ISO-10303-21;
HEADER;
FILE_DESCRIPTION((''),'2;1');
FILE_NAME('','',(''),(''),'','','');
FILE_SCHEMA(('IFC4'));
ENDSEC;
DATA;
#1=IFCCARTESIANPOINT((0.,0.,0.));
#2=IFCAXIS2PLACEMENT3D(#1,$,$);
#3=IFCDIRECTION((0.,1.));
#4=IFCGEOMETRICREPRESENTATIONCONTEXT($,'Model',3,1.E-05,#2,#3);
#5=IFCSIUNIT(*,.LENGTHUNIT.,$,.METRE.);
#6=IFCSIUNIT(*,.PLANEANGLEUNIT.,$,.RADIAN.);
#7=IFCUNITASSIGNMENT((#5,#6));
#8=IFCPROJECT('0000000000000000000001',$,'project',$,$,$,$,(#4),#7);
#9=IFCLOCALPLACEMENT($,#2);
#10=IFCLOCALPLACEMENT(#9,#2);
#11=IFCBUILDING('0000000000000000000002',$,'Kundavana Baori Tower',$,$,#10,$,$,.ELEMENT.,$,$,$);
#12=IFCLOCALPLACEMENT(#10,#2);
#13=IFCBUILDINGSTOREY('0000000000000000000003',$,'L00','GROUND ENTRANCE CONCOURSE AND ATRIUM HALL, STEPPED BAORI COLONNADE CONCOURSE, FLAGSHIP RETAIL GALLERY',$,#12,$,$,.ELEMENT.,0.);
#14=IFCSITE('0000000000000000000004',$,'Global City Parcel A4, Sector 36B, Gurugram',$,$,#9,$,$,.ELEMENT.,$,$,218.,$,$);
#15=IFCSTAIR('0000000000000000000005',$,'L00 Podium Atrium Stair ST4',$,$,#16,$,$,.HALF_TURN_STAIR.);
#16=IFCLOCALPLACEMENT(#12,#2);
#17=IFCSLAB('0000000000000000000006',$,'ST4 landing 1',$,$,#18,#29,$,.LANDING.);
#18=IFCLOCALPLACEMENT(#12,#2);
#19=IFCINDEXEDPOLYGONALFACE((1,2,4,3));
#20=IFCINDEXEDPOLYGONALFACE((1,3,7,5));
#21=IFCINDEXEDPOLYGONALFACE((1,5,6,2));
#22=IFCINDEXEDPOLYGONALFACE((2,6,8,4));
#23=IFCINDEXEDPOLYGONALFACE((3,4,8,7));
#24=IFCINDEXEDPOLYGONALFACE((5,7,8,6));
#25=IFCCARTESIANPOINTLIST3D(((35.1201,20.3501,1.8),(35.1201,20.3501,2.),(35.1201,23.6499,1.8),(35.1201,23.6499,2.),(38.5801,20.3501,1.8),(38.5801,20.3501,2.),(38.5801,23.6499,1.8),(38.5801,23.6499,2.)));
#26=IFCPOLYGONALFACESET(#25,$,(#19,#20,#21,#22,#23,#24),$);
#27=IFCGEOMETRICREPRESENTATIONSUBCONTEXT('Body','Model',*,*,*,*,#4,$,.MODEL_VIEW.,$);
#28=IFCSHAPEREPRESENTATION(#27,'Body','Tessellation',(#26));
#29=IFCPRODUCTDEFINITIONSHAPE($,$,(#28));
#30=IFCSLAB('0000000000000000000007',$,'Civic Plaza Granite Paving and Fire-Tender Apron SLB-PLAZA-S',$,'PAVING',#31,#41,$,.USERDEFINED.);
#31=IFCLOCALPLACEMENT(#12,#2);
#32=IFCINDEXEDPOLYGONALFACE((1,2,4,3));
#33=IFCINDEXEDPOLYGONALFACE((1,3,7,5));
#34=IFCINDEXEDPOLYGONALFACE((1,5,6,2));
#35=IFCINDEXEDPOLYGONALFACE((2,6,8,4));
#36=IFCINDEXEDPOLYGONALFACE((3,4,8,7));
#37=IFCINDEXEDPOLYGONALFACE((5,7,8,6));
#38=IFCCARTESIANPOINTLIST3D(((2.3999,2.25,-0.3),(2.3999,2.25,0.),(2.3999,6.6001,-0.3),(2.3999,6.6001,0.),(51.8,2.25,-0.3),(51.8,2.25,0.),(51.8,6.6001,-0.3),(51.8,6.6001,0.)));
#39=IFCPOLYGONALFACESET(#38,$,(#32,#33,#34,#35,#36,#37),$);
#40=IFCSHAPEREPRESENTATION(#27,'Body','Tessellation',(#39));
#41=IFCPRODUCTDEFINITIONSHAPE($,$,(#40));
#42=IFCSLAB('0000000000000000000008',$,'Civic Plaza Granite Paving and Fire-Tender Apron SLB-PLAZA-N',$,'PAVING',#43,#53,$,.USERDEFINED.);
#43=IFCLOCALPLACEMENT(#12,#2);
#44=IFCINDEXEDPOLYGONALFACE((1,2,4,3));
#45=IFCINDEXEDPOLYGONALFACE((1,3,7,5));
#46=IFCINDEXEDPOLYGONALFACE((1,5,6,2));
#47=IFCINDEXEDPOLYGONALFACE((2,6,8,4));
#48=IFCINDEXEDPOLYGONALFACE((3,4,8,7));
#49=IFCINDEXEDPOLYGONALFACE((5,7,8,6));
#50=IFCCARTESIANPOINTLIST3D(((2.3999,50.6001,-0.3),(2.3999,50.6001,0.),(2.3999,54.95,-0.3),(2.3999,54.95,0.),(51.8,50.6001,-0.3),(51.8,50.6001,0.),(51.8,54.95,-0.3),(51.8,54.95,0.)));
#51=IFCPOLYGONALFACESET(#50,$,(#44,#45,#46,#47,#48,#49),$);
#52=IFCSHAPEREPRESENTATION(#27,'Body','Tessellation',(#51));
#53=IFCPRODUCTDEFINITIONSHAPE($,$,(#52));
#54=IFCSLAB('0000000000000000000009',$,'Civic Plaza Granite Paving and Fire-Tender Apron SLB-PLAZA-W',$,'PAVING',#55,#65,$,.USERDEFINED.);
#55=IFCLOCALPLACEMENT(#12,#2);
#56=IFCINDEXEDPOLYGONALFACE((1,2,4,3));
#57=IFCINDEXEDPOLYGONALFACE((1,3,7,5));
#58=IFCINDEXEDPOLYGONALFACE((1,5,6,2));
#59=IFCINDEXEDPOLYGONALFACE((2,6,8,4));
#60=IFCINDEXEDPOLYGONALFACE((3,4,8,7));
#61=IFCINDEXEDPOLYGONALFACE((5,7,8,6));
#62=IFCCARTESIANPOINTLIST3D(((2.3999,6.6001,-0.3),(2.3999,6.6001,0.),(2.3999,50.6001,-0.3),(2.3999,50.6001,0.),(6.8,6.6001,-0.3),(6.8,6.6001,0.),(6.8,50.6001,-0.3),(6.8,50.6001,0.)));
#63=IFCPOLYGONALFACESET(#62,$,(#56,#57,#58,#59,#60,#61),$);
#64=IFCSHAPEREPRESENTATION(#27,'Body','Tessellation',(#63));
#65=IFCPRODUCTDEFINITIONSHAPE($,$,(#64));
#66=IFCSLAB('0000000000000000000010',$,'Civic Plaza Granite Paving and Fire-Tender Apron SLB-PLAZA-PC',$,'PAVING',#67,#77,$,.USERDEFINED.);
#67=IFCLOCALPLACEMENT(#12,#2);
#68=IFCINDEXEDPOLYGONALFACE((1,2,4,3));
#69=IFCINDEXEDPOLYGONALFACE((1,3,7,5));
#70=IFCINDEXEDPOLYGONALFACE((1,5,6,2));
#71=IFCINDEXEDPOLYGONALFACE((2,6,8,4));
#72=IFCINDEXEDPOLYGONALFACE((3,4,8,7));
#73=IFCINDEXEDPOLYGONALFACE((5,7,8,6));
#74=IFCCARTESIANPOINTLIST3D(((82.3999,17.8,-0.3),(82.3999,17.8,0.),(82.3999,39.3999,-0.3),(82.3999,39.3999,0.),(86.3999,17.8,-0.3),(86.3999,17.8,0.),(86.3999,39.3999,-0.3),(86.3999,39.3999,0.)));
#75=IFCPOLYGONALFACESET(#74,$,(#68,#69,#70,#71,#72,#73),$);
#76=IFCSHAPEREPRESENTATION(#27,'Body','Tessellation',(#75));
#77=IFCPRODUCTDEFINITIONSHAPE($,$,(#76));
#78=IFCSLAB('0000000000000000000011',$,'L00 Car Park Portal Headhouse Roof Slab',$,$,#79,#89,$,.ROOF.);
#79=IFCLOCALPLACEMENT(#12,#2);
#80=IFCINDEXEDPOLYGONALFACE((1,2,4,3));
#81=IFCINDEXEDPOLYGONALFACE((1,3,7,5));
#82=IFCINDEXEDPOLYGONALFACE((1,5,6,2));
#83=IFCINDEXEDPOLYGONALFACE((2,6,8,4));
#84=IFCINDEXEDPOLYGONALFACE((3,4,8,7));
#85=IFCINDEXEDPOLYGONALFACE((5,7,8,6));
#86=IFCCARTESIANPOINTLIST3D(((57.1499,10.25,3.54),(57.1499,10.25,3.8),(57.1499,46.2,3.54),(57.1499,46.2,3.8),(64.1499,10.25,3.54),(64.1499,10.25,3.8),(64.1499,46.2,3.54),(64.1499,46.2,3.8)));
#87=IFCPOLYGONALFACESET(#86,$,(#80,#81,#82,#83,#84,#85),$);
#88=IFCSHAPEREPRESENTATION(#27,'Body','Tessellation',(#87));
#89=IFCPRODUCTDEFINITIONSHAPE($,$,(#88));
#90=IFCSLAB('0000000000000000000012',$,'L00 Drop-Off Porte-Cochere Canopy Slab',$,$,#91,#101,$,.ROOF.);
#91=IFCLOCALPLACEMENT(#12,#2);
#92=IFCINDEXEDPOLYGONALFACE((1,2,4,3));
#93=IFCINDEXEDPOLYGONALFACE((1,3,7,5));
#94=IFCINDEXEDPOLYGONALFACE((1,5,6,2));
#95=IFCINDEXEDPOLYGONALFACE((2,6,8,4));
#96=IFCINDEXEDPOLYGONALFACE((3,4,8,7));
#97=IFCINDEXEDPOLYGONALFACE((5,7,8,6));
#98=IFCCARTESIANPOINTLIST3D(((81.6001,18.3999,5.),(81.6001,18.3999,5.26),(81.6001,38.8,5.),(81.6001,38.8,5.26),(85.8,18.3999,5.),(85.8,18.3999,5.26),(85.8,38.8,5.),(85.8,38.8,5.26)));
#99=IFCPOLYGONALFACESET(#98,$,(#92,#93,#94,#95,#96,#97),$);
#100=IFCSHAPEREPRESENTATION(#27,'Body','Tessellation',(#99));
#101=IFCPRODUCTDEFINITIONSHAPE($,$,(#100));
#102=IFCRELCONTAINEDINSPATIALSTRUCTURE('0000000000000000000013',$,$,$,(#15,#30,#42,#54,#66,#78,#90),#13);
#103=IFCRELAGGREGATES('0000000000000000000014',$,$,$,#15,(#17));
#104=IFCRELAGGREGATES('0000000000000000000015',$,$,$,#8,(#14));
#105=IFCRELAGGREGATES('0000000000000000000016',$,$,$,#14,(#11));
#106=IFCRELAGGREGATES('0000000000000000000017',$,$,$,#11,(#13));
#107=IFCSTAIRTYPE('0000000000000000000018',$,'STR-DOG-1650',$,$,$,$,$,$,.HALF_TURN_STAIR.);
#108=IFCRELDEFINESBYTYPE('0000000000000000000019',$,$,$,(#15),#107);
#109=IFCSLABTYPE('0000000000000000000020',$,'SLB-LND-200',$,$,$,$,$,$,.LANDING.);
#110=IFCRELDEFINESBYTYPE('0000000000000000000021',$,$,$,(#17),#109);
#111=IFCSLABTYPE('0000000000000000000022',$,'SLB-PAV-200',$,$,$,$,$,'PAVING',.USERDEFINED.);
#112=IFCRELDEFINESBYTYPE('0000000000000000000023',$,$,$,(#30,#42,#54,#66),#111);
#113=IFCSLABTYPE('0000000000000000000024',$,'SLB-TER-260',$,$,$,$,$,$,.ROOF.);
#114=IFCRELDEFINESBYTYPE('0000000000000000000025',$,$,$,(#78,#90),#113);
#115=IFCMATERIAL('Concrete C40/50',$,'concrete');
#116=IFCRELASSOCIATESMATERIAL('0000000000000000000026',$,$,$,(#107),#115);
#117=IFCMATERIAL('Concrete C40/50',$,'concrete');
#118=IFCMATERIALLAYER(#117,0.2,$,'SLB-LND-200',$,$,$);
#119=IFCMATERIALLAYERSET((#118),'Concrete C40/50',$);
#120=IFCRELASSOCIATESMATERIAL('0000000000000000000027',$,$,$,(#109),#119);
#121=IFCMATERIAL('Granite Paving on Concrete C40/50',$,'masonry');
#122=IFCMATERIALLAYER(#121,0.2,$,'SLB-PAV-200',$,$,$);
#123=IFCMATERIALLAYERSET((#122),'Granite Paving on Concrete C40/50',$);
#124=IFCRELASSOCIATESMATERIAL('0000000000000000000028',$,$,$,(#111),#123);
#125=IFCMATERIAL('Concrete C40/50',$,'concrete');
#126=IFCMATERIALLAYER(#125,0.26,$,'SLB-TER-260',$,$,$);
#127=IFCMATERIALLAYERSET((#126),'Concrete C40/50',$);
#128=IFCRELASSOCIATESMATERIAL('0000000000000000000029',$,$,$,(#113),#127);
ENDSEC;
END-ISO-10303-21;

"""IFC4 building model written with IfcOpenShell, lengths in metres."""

from ifc_helpers import new_model, si_unit, direction, frame, origin, place, context, subcontext, project, spatial, polyline, outline, extrude, material, layer, layer_set, type_object, element, aggregate, save


model = new_model("IFC4")

# Units and contexts
model_context = context("Model", 3, precision=1e-05, world=origin(), true_north=direction((0.0, 1.0)))
body_context = subcontext(model_context, "Body", "Model", "MODEL_VIEW")
ifc_project = project(units=[si_unit("LENGTHUNIT", "METRE"), si_unit("PLANEANGLEUNIT", "RADIAN")], contexts=[model_context])

# Site, building, storey
site_placement = place(None, origin())
site = spatial("IfcSite", under=ifc_project, at=site_placement, Name="Global City Parcel A4, Sector 36B, Gurugram", CompositionType="ELEMENT", RefElevation=218.0)
building_placement = place(site_placement, origin())
building = spatial("IfcBuilding", under=site, at=building_placement, Name="Kundavana Baori Tower", CompositionType="ELEMENT")
storey_placement = place(building_placement, origin())
storey = spatial("IfcBuildingStorey", under=building, at=storey_placement, Name="L00", Description="GROUND ENTRANCE CONCOURSE AND ATRIUM HALL, STEPPED BAORI COLONNADE CONCOURSE, FLAGSHIP RETAIL GALLERY", CompositionType="ELEMENT", Elevation=0.0)

# Shared definitions
ifc_material_1 = material(Name="Concrete C40/50", Category="concrete")
stair_type = type_object("IfcStairType", Name="STR-DOG-1650", PredefinedType="HALF_TURN_STAIR", material=ifc_material_1)
ifc_material_2 = material(Name="Concrete C40/50", Category="concrete")
ifc_layer_1 = layer(ifc_material_2, 0.2, Name="SLB-LND-200")
ifc_layer_set_1 = layer_set([ifc_layer_1], Name="Concrete C40/50")
slab_type_1 = type_object("IfcSlabType", Name="SLB-LND-200", PredefinedType="LANDING", material=ifc_layer_set_1)

# Stair, slab
stair_1_placement = place(storey_placement, origin())
stair_1 = element("IfcStair", 1, at=stair_1_placement, inside=storey, type_object=stair_type, Name="L00 Podium Atrium Stair ST4", PredefinedType="HALF_TURN_STAIR")
slab_1_placement = place(storey_placement, frame((0.0, 0.0, 1.8)))
slab_1 = element("IfcSlab", 2, at=slab_1_placement, type_object=slab_type_1, Name="ST4 landing 1", PredefinedType="LANDING", context=body_context, shape_type="SweptSolid", body=[
    extrude(outline(polyline([(38.5801, 20.3501), (38.5801, 23.6499), (35.1201, 23.6499), (35.1201, 20.3501), (38.5801, 20.3501)])), origin(), (0.0, 0.0, 1.0), 0.2),
])
aggregate(stair_1, [slab_1])

# Slabs
ifc_material_3 = material(Name="Granite Paving on Concrete C40/50", Category="masonry")
ifc_layer_2 = layer(ifc_material_3, 0.2, Name="SLB-PAV-200")
ifc_layer_set_2 = layer_set([ifc_layer_2], Name="Granite Paving on Concrete C40/50")
slab_type_2 = type_object("IfcSlabType", Name="SLB-PAV-200", ElementType="PAVING", PredefinedType="USERDEFINED", material=ifc_layer_set_2)
slab_2_placement = place(storey_placement, frame((0.0, 0.0, -0.3)))
element("IfcSlab", 3, at=slab_2_placement, inside=storey, type_object=slab_type_2, Name="Civic Plaza Granite Paving and Fire-Tender Apron SLB-PLAZA-S", ObjectType="PAVING", PredefinedType="USERDEFINED", context=body_context, shape_type="SweptSolid", body=[
    extrude(outline(polyline([(2.3999, 2.25), (51.8, 2.25), (51.8, 6.6001), (2.3999, 6.6001), (2.3999, 2.25)])), origin(), (0.0, 0.0, 1.0), 0.3),
])
slab_3_placement = place(storey_placement, frame((0.0, 0.0, -0.3)))
element("IfcSlab", 4, at=slab_3_placement, inside=storey, type_object=slab_type_2, Name="Civic Plaza Granite Paving and Fire-Tender Apron SLB-PLAZA-N", ObjectType="PAVING", PredefinedType="USERDEFINED", context=body_context, shape_type="SweptSolid", body=[
    extrude(outline(polyline([(2.3999, 50.6001), (51.8, 50.6001), (51.8, 54.95), (2.3999, 54.95), (2.3999, 50.6001)])), origin(), (0.0, 0.0, 1.0), 0.3),
])
slab_4_placement = place(storey_placement, frame((0.0, 0.0, -0.3)))
element("IfcSlab", 5, at=slab_4_placement, inside=storey, type_object=slab_type_2, Name="Civic Plaza Granite Paving and Fire-Tender Apron SLB-PLAZA-W", ObjectType="PAVING", PredefinedType="USERDEFINED", context=body_context, shape_type="SweptSolid", body=[
    extrude(outline(polyline([(2.3999, 6.6001), (6.8, 6.6001), (6.8, 50.6001), (2.3999, 50.6001), (2.3999, 6.6001)])), origin(), (0.0, 0.0, 1.0), 0.3),
])
slab_5_placement = place(storey_placement, frame((0.0, 0.0, -0.3)))
element("IfcSlab", 6, at=slab_5_placement, inside=storey, type_object=slab_type_2, Name="Civic Plaza Granite Paving and Fire-Tender Apron SLB-PLAZA-PC", ObjectType="PAVING", PredefinedType="USERDEFINED", context=body_context, shape_type="SweptSolid", body=[
    extrude(outline(polyline([(82.3999, 17.8), (86.3999, 17.8), (86.3999, 39.3999), (82.3999, 39.3999), (82.3999, 17.8)])), origin(), (0.0, 0.0, 1.0), 0.3),
])
ifc_material_4 = material(Name="Concrete C40/50", Category="concrete")
ifc_layer_3 = layer(ifc_material_4, 0.26, Name="SLB-TER-260")
ifc_layer_set_3 = layer_set([ifc_layer_3], Name="Concrete C40/50")
slab_type_3 = type_object("IfcSlabType", Name="SLB-TER-260", PredefinedType="ROOF", material=ifc_layer_set_3)
slab_6_placement = place(storey_placement, frame((0.0, 0.0, 3.54)))
element("IfcSlab", 7, at=slab_6_placement, inside=storey, type_object=slab_type_3, Name="L00 Car Park Portal Headhouse Roof Slab", PredefinedType="ROOF", context=body_context, shape_type="SweptSolid", body=[
    extrude(outline(polyline([(57.1499, 10.25), (64.1499, 10.25), (64.1499, 46.2), (57.1499, 46.2), (57.1499, 10.25)])), origin(), (0.0, 0.0, 1.0), 0.26),
])
slab_7_placement = place(storey_placement, frame((0.0, 0.0, 5.0)))
element("IfcSlab", 8, at=slab_7_placement, inside=storey, type_object=slab_type_3, Name="L00 Drop-Off Porte-Cochere Canopy Slab", PredefinedType="ROOF", context=body_context, shape_type="SweptSolid", body=[
    extrude(outline(polyline([(81.6001, 18.3999), (85.8, 18.3999), (85.8, 38.8), (81.6001, 38.8), (81.6001, 18.3999)])), origin(), (0.0, 0.0, 1.0), 0.26),
])

save(model, "model.ifc")
